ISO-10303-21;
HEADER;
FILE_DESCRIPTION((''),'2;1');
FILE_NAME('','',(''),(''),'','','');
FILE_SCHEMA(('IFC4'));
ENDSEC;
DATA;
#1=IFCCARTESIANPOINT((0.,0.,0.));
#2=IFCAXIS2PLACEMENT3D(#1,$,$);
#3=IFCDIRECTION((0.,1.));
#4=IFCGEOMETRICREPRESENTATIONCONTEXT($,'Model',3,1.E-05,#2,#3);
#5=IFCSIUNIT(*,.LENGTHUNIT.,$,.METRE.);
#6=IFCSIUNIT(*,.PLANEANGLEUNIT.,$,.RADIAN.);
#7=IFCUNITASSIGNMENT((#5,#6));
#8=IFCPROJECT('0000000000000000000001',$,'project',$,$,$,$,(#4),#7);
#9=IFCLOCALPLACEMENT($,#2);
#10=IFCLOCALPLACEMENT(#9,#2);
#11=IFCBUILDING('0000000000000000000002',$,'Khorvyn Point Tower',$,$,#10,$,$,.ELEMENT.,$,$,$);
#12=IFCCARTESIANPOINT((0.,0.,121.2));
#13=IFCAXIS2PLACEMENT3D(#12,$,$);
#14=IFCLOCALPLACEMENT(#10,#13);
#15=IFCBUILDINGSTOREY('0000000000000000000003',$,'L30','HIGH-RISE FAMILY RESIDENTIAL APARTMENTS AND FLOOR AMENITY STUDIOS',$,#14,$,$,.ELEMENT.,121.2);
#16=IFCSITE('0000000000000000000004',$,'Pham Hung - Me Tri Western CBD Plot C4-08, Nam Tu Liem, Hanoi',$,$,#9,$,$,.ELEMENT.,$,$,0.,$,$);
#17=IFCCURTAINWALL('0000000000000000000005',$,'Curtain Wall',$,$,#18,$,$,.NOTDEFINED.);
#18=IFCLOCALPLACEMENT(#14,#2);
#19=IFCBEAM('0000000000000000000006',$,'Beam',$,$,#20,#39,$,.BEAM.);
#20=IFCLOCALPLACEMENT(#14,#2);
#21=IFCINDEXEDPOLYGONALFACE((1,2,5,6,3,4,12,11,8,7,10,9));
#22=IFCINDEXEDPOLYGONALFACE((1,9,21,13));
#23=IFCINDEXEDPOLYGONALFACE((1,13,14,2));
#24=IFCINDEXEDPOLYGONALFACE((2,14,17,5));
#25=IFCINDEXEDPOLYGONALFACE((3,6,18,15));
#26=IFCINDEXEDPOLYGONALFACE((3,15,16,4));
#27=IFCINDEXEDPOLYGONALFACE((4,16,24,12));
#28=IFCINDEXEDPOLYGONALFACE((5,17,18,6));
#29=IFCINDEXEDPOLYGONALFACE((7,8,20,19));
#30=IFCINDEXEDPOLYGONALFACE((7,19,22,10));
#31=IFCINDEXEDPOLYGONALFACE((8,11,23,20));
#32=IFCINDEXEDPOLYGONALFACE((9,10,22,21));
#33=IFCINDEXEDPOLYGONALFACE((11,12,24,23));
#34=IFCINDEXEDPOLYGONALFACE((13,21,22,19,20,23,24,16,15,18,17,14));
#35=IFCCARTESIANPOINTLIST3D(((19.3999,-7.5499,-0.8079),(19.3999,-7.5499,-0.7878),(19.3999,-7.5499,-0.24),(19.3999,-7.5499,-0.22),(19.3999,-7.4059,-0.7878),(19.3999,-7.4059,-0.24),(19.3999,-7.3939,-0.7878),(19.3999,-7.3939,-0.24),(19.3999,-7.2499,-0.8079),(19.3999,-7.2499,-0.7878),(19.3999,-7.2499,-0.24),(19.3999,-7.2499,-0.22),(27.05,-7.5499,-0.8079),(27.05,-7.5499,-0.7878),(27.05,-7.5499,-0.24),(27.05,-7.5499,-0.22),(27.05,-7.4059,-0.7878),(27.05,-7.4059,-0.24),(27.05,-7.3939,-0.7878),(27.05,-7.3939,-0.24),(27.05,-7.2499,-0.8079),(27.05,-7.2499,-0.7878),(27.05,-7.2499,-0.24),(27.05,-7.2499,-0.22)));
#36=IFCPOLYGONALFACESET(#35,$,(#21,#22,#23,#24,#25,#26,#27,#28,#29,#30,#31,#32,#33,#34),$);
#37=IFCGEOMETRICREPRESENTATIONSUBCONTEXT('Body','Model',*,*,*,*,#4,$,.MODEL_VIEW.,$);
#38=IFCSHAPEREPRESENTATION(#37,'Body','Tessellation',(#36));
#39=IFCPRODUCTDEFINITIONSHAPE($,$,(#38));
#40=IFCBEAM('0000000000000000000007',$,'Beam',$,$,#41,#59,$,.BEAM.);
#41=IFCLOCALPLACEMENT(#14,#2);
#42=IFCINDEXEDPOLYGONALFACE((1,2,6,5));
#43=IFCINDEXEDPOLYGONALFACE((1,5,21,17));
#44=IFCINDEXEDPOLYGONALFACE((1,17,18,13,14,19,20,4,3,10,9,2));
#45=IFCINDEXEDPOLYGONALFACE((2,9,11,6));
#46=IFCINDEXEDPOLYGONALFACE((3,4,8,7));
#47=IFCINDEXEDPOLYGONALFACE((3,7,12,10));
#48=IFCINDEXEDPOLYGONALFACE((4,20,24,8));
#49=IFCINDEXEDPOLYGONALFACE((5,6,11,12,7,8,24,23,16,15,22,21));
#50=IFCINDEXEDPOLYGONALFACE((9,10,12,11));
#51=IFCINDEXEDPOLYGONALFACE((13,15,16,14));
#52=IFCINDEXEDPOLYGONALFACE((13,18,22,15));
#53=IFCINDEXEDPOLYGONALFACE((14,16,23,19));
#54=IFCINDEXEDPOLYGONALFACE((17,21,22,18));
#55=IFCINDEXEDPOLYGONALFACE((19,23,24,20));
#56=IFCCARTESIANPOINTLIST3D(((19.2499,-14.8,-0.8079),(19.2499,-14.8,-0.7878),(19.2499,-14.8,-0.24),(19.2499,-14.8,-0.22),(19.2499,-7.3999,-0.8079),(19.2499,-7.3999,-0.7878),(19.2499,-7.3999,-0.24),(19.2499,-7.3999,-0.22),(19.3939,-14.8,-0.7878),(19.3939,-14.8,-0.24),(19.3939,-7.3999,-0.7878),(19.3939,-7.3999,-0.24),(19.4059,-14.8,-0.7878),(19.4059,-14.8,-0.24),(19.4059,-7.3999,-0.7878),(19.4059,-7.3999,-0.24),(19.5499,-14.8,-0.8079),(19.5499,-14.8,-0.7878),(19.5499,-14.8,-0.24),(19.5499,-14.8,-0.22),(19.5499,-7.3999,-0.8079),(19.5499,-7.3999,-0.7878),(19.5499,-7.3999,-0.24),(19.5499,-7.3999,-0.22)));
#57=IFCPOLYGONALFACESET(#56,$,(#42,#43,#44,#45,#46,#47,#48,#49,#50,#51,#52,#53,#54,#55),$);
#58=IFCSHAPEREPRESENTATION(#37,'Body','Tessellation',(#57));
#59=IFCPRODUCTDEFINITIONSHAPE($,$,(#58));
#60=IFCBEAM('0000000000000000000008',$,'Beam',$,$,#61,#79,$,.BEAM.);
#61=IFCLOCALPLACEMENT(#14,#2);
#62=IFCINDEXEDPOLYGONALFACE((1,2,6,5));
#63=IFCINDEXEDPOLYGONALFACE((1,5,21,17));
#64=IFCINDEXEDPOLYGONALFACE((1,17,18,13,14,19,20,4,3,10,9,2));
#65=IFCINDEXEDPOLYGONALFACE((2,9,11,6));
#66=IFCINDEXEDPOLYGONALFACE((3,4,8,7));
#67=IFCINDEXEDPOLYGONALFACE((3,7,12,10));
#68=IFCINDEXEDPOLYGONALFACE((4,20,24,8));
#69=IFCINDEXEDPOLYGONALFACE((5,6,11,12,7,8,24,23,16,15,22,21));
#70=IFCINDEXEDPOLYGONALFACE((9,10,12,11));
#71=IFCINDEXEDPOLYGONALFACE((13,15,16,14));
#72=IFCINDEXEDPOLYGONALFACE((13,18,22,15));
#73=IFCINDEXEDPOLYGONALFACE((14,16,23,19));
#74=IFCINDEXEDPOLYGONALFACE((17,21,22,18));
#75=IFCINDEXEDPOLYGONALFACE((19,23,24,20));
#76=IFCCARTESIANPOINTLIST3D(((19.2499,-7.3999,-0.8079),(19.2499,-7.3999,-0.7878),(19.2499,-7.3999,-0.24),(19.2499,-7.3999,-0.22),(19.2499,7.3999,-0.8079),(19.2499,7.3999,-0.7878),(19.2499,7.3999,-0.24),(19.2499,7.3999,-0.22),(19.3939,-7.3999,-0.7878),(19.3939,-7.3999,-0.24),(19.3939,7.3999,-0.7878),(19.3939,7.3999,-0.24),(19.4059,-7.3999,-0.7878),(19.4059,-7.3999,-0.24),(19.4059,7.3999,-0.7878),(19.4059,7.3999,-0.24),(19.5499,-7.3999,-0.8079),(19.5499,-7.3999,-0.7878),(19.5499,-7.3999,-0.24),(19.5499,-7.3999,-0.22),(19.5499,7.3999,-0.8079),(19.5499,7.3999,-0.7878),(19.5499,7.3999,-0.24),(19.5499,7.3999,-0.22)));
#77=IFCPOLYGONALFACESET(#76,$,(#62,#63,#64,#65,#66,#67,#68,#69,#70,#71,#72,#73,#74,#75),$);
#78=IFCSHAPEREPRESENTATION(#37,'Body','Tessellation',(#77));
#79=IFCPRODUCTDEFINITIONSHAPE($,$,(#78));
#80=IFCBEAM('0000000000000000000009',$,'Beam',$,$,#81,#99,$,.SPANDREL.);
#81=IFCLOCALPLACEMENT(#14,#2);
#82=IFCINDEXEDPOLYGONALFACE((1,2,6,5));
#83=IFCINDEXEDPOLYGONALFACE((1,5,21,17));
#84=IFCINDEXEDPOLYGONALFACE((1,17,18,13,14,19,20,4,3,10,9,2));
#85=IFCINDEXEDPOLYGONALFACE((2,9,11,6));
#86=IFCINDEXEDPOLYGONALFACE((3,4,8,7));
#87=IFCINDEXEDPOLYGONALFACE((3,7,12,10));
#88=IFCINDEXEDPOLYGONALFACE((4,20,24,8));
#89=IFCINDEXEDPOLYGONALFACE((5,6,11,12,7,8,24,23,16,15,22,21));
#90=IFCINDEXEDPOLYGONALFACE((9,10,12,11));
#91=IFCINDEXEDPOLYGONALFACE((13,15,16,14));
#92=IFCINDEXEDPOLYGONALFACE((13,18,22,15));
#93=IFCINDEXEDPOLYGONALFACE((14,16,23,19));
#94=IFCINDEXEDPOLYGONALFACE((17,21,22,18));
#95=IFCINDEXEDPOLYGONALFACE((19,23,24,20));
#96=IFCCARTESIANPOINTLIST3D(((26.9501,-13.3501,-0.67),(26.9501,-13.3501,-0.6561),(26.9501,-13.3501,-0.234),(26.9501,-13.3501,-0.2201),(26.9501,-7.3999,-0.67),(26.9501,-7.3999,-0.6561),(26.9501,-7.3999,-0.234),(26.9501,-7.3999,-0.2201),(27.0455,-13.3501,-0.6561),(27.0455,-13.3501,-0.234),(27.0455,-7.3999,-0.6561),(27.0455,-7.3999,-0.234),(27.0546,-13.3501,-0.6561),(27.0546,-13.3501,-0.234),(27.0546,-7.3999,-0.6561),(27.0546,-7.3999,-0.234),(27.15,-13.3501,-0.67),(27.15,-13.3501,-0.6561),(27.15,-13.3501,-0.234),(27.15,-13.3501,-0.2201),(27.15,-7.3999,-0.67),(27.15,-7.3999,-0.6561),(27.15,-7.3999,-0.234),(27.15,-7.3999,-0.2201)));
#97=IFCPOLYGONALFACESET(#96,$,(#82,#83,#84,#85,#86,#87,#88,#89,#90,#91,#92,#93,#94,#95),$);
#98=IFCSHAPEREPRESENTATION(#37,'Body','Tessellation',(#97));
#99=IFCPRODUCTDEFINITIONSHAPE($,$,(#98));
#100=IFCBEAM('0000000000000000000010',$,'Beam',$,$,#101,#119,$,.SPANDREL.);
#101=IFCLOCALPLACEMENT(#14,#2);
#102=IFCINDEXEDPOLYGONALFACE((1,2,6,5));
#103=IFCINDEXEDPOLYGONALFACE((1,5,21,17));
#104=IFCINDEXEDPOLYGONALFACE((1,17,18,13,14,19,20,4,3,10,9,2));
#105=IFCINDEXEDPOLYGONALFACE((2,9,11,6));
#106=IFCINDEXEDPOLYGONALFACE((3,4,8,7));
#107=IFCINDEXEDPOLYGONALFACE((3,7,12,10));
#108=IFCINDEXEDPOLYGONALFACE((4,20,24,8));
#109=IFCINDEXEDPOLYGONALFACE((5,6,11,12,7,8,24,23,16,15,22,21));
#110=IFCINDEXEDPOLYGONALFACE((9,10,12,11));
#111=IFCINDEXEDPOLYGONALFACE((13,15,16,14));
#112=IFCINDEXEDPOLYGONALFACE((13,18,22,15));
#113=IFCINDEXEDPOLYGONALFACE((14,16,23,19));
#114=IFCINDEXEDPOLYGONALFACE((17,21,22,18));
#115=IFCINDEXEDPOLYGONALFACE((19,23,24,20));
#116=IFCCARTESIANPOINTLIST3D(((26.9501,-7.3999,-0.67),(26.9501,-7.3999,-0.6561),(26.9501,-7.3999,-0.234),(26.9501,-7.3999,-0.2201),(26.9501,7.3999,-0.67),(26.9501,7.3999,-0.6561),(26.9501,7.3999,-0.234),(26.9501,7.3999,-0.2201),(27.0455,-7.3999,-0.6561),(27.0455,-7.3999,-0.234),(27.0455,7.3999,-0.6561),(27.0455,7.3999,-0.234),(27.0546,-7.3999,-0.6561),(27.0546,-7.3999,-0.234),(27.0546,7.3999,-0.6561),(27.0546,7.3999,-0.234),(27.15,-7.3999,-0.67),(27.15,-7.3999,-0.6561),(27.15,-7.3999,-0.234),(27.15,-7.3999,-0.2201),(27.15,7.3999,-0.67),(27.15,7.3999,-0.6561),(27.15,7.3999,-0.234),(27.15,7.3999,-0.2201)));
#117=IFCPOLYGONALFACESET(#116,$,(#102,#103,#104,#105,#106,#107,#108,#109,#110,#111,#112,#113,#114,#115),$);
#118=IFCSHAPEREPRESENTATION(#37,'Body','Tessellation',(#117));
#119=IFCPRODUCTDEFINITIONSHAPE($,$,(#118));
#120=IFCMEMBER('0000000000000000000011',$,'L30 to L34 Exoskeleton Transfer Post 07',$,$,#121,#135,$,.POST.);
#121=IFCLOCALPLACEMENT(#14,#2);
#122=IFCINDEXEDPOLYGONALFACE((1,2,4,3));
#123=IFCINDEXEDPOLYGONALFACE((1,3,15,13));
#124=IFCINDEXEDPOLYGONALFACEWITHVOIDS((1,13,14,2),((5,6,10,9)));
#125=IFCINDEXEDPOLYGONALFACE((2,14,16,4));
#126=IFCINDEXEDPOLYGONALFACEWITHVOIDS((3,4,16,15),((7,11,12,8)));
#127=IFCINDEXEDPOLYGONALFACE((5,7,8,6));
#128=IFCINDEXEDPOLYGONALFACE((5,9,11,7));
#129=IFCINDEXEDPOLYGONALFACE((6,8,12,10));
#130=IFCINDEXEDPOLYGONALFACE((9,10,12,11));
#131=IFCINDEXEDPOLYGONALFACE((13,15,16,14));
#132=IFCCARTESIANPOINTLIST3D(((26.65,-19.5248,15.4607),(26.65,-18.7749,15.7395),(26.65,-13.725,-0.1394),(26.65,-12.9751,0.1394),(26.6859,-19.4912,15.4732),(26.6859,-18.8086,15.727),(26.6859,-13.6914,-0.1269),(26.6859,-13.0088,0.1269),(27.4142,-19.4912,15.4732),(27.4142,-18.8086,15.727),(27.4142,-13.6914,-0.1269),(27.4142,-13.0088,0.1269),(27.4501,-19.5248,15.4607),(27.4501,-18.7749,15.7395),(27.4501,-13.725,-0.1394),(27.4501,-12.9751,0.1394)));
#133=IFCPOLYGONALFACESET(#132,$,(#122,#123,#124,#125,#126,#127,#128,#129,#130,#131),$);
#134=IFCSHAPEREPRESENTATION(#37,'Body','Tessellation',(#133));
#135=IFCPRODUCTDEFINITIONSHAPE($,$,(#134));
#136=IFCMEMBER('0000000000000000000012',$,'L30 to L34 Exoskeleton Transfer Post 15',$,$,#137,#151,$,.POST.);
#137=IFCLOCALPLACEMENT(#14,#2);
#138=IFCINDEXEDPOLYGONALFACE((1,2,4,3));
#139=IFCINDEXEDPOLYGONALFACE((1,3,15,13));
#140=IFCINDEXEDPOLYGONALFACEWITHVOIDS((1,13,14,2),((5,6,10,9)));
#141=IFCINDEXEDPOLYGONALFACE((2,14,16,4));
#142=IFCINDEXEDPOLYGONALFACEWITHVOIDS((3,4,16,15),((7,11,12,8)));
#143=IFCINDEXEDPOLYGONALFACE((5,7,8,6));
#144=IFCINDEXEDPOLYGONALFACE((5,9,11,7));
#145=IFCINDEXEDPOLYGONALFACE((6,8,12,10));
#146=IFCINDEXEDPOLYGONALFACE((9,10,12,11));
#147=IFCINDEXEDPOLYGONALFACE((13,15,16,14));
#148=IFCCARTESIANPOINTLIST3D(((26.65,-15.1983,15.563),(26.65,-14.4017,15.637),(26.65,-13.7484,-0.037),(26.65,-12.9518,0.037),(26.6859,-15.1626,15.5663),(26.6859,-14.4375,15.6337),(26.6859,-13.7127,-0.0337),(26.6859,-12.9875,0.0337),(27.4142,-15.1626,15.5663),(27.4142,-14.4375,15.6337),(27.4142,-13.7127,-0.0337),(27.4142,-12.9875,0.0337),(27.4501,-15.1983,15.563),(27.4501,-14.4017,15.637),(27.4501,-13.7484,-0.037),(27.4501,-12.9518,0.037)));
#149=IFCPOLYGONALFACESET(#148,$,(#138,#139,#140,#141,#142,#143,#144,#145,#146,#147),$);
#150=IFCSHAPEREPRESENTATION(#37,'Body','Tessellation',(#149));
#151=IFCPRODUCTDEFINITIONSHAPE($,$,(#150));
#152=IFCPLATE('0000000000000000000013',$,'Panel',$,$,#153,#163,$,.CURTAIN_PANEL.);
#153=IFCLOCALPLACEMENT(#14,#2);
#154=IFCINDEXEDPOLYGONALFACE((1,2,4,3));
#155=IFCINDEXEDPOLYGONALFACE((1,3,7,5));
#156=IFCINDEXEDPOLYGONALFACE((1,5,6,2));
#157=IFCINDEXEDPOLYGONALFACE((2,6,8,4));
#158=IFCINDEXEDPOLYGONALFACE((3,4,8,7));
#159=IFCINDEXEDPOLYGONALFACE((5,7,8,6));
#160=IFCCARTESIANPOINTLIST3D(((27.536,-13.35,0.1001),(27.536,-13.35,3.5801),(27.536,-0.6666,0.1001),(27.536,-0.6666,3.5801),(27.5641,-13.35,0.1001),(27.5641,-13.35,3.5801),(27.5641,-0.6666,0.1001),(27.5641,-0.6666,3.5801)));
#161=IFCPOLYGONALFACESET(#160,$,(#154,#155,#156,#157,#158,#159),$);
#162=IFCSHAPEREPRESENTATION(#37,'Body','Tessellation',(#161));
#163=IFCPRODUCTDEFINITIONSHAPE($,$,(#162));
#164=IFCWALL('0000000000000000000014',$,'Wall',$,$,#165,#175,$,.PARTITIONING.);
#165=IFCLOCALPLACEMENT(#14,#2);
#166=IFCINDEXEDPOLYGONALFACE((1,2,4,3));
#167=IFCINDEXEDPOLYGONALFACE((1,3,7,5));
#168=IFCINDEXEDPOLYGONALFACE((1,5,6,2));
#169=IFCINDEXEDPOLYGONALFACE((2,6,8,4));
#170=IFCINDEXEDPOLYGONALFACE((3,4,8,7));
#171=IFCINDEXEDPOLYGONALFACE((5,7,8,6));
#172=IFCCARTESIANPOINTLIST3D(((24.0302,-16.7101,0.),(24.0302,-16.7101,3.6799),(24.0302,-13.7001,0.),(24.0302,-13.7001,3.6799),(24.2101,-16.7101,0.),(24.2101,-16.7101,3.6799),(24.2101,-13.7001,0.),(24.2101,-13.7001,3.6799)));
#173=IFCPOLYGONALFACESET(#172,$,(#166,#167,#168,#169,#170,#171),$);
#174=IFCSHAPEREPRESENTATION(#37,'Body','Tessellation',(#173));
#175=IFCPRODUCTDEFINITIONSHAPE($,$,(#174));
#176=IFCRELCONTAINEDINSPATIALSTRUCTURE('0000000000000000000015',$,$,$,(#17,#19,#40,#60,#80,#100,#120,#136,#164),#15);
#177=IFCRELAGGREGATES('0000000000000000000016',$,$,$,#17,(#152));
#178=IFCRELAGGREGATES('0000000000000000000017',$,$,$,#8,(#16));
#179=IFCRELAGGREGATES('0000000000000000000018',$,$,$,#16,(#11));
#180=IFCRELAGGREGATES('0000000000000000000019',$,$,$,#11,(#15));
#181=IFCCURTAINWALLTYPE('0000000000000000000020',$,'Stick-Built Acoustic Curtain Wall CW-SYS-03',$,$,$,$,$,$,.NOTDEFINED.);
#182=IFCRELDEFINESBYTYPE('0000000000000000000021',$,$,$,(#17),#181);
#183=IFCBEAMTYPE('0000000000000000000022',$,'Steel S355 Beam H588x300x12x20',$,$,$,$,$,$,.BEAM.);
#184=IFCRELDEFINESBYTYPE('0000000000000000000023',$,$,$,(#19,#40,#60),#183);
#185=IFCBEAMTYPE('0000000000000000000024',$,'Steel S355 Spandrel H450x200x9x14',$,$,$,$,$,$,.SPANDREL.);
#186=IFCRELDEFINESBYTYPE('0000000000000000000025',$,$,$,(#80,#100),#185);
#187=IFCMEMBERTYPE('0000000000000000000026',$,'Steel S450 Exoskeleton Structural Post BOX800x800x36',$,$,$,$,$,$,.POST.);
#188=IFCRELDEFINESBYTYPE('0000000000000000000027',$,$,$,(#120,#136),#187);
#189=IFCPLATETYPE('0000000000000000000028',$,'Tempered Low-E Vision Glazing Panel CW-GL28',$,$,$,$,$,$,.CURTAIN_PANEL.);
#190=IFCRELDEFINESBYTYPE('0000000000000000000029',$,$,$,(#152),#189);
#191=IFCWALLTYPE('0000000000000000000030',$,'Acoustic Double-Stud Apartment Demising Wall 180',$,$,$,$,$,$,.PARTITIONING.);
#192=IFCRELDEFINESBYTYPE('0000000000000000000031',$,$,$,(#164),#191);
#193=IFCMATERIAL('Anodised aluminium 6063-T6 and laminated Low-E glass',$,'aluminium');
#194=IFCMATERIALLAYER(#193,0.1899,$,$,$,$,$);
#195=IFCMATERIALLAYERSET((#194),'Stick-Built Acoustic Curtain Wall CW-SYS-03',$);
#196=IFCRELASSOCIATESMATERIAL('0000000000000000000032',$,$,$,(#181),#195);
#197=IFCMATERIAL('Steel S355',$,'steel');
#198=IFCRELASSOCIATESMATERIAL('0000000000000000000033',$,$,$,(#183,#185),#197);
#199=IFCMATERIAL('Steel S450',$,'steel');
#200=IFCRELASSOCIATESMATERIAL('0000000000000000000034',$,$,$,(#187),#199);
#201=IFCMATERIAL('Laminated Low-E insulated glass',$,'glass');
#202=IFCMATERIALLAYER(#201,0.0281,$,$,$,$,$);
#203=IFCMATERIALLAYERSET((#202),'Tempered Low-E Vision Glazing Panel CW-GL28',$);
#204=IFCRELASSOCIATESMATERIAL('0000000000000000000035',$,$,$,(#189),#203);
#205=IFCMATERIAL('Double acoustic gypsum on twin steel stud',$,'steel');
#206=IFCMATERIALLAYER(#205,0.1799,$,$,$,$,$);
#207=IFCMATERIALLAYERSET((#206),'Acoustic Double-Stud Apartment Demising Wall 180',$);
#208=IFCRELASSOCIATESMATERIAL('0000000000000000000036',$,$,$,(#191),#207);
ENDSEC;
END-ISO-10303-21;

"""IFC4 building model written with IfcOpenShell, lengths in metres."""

from ifc_helpers import new_model, si_unit, direction, frame, frame_2d, origin, origin_2d, place, context, subcontext, project, spatial, rectangle, hollow_rectangle, i_section, extrude, material, layer, layer_set, material_profile, profile_set, type_object, element, aggregate, save


model = new_model("IFC4")

# Units and contexts
model_context = context("Model", 3, precision=1e-05, world=origin(), true_north=direction((0.0, 1.0)))
body_context = subcontext(model_context, "Body", "Model", "MODEL_VIEW")
ifc_project = project(units=[si_unit("LENGTHUNIT", "METRE"), si_unit("PLANEANGLEUNIT", "RADIAN")], contexts=[model_context])

# Site, building, storey
site_placement = place(None, origin())
site = spatial("IfcSite", under=ifc_project, at=site_placement, Name="Pham Hung - Me Tri Western CBD Plot C4-08, Nam Tu Liem, Hanoi", CompositionType="ELEMENT", RefElevation=0.0)
building_placement = place(site_placement, origin())
building = spatial("IfcBuilding", under=site, at=building_placement, Name="Khorvyn Point Tower", CompositionType="ELEMENT")
storey_placement = place(building_placement, frame((0.0, 0.0, 121.2)))
storey = spatial("IfcBuildingStorey", under=building, at=storey_placement, Name="L30", Description="HIGH-RISE FAMILY RESIDENTIAL APARTMENTS AND FLOOR AMENITY STUDIOS", CompositionType="ELEMENT", Elevation=121.2)

# Shared definitions
ifc_material_1 = material(Name="Steel S450", Category="steel")

# Shared definitions
ifc_material_2 = material(Name="Anodised aluminium 6063-T6 and laminated Low-E glass", Category="aluminium")
ifc_layer_1 = layer(ifc_material_2, 0.1899)
ifc_layer_set_1 = layer_set([ifc_layer_1], Name="Stick-Built Acoustic Curtain Wall CW-SYS-03")
curtain_wall_type = type_object("IfcCurtainWallType", Name="Stick-Built Acoustic Curtain Wall CW-SYS-03", PredefinedType="NOTDEFINED", material=ifc_layer_set_1)

# Curtain wall
curtain_wall_1_placement = place(storey_placement, origin())
curtain_wall_1 = element("IfcCurtainWall", 1, at=curtain_wall_1_placement, inside=storey, type_object=curtain_wall_type, Name="Curtain Wall", PredefinedType="NOTDEFINED")

# Beams
ifc_material_3 = material(Name="Steel S355", Category="steel")
ifc_material_profile_1 = material_profile(ifc_material_3, i_section(OverallWidth=0.3, OverallDepth=0.5879, WebThickness=0.012, FlangeThickness=0.02, at=origin_2d()))
ifc_profile_set_1 = profile_set([ifc_material_profile_1], Name="Steel S355 H588x300x12x20")
beam_type_1 = type_object("IfcBeamType", Name="Steel S355 Beam H588x300x12x20", PredefinedType="BEAM", material=ifc_profile_set_1)
beam_1_placement = place(storey_placement, frame((19.3999, -7.3999, -0.5139), z_axis=(1.0, 0.0, 0.0), x_axis=(0.0, 1.0, 0.0)))
element("IfcBeam", 2, at=beam_1_placement, inside=storey, type_object=beam_type_1, Name="Beam", PredefinedType="BEAM", context=body_context, shape_type="SweptSolid", body=[
    extrude(i_section(OverallWidth=0.3, OverallDepth=0.5879, WebThickness=0.012, FlangeThickness=0.02, at=origin_2d()), origin(), (0.0, 0.0, 1.0), 7.6501),
])
beam_2_placement = place(storey_placement, frame((19.3999, -14.8, -0.5139), z_axis=(0.0, 1.0, 0.0), x_axis=(-1.0, 0.0, 0.0)))
element("IfcBeam", 3, at=beam_2_placement, inside=storey, type_object=beam_type_1, Name="Beam", PredefinedType="BEAM", context=body_context, shape_type="SweptSolid", body=[
    extrude(i_section(OverallWidth=0.3, OverallDepth=0.5879, WebThickness=0.012, FlangeThickness=0.02, at=origin_2d()), origin(), (0.0, 0.0, 1.0), 7.4001),
])
beam_3_placement = place(storey_placement, frame((19.3999, -7.3999, -0.5139), z_axis=(0.0, 1.0, 0.0), x_axis=(-1.0, 0.0, 0.0)))
element("IfcBeam", 4, at=beam_3_placement, inside=storey, type_object=beam_type_1, Name="Beam", PredefinedType="BEAM", context=body_context, shape_type="SweptSolid", body=[
    extrude(i_section(OverallWidth=0.3, OverallDepth=0.5879, WebThickness=0.012, FlangeThickness=0.02, at=origin_2d()), origin(), (0.0, 0.0, 1.0), 14.7998),
])
ifc_material_profile_2 = material_profile(ifc_material_3, i_section(OverallWidth=0.2, OverallDepth=0.45, WebThickness=0.009, FlangeThickness=0.0139, at=origin_2d()))
ifc_profile_set_2 = profile_set([ifc_material_profile_2], Name="Steel S355 H450x200x9x14")
beam_type_2 = type_object("IfcBeamType", Name="Steel S355 Spandrel H450x200x9x14", PredefinedType="SPANDREL", material=ifc_profile_set_2)
beam_4_placement = place(storey_placement, frame((27.05, -13.3501, -0.4451), z_axis=(0.0, 1.0, 0.0), x_axis=(-1.0, 0.0, 0.0)))
element("IfcBeam", 5, at=beam_4_placement, inside=storey, type_object=beam_type_2, Name="Beam", PredefinedType="SPANDREL", context=body_context, shape_type="SweptSolid", body=[
    extrude(i_section(OverallWidth=0.2, OverallDepth=0.45, WebThickness=0.009, FlangeThickness=0.0139, at=origin_2d()), origin(), (0.0, 0.0, 1.0), 5.9502),
])
beam_5_placement = place(storey_placement, frame((27.05, -7.3999, -0.4451), z_axis=(0.0, 1.0, 0.0), x_axis=(-1.0, 0.0, 0.0)))
element("IfcBeam", 6, at=beam_5_placement, inside=storey, type_object=beam_type_2, Name="Beam", PredefinedType="SPANDREL", context=body_context, shape_type="SweptSolid", body=[
    extrude(i_section(OverallWidth=0.2, OverallDepth=0.45, WebThickness=0.009, FlangeThickness=0.0139, at=origin_2d()), origin(), (0.0, 0.0, 1.0), 14.7998),
])

# Members
ifc_material_profile_3 = material_profile(ifc_material_1, hollow_rectangle(XDim=0.8, YDim=0.8, WallThickness=0.0359, at=origin_2d()))
ifc_profile_set_3 = profile_set([ifc_material_profile_3], Name="Steel S450 BOX800x800x36")
member_type_1 = type_object("IfcMemberType", Name="Steel S450 Exoskeleton Structural Post BOX800x800x36", PredefinedType="POST", material=ifc_profile_set_3)
member_1_placement = place(storey_placement, frame((27.05, -13.3501, 0.0), z_axis=(0.0, -0.348476, 0.937318), x_axis=(1.0, 0.0, 0.0)))
element("IfcMember", 7, at=member_1_placement, inside=storey, type_object=member_type_1, Name="L30 to L34 Exoskeleton Transfer Post 07", PredefinedType="POST", context=body_context, shape_type="SweptSolid", body=[
    extrude(hollow_rectangle(XDim=0.8, YDim=0.8, WallThickness=0.0359, at=origin_2d()), origin(), (0.0, 0.0, 1.0), 16.6433),
])
member_2_placement = place(storey_placement, frame((27.05, -13.3501, 0.0), z_axis=(0.0, -0.092546, 0.995708), x_axis=(1.0, 0.0, 0.0)))
element("IfcMember", 8, at=member_2_placement, inside=storey, type_object=member_type_1, Name="L30 to L34 Exoskeleton Transfer Post 15", PredefinedType="POST", context=body_context, shape_type="SweptSolid", body=[
    extrude(hollow_rectangle(XDim=0.8, YDim=0.8, WallThickness=0.0359, at=origin_2d()), origin(), (0.0, 0.0, 1.0), 15.6672),
])

# Plate
ifc_material_4 = material(Name="Laminated Low-E insulated glass", Category="glass")
ifc_layer_2 = layer(ifc_material_4, 0.0281)
ifc_layer_set_2 = layer_set([ifc_layer_2], Name="Tempered Low-E Vision Glazing Panel CW-GL28")
plate_type = type_object("IfcPlateType", Name="Tempered Low-E Vision Glazing Panel CW-GL28", PredefinedType="CURTAIN_PANEL", material=ifc_layer_set_2)
plate_placement = place(storey_placement, frame((27.55, -7.0083, 0.1001), z_axis=(0.0, 0.0, 1.0), x_axis=(0.0, -1.0, 0.0)))
plate = element("IfcPlate", 9, at=plate_placement, type_object=plate_type, Name="Panel", PredefinedType="CURTAIN_PANEL", context=body_context, shape_type="SweptSolid", body=[
    extrude(rectangle(XDim=12.6833, YDim=0.0281, at=origin_2d()), origin(), (0.0, 0.0, 1.0), 3.48),
])
aggregate(curtain_wall_1, [plate])

# Wall
ifc_material_5 = material(Name="Double acoustic gypsum on twin steel stud", Category="steel")
ifc_layer_3 = layer(ifc_material_5, 0.1799)
ifc_layer_set_3 = layer_set([ifc_layer_3], Name="Acoustic Double-Stud Apartment Demising Wall 180")
wall_type_1 = type_object("IfcWallType", Name="Acoustic Double-Stud Apartment Demising Wall 180", PredefinedType="PARTITIONING", material=ifc_layer_set_3)
wall_1_placement = place(storey_placement, frame((24.1201, -16.71, 0.0), z_axis=(0.0, 0.0, 1.0), x_axis=(0.0, 1.0, 0.0)))
element("IfcWall", 10, at=wall_1_placement, inside=storey, type_object=wall_type_1, Name="Wall", PredefinedType="PARTITIONING", context=body_context, shape_type="SweptSolid", body=[
    extrude(rectangle(XDim=3.01, YDim=0.1799, at=frame_2d((1.5049, 0.0))), origin(), (0.0, 0.0, 1.0), 3.6799),
])

save(model, "model.ifc")
